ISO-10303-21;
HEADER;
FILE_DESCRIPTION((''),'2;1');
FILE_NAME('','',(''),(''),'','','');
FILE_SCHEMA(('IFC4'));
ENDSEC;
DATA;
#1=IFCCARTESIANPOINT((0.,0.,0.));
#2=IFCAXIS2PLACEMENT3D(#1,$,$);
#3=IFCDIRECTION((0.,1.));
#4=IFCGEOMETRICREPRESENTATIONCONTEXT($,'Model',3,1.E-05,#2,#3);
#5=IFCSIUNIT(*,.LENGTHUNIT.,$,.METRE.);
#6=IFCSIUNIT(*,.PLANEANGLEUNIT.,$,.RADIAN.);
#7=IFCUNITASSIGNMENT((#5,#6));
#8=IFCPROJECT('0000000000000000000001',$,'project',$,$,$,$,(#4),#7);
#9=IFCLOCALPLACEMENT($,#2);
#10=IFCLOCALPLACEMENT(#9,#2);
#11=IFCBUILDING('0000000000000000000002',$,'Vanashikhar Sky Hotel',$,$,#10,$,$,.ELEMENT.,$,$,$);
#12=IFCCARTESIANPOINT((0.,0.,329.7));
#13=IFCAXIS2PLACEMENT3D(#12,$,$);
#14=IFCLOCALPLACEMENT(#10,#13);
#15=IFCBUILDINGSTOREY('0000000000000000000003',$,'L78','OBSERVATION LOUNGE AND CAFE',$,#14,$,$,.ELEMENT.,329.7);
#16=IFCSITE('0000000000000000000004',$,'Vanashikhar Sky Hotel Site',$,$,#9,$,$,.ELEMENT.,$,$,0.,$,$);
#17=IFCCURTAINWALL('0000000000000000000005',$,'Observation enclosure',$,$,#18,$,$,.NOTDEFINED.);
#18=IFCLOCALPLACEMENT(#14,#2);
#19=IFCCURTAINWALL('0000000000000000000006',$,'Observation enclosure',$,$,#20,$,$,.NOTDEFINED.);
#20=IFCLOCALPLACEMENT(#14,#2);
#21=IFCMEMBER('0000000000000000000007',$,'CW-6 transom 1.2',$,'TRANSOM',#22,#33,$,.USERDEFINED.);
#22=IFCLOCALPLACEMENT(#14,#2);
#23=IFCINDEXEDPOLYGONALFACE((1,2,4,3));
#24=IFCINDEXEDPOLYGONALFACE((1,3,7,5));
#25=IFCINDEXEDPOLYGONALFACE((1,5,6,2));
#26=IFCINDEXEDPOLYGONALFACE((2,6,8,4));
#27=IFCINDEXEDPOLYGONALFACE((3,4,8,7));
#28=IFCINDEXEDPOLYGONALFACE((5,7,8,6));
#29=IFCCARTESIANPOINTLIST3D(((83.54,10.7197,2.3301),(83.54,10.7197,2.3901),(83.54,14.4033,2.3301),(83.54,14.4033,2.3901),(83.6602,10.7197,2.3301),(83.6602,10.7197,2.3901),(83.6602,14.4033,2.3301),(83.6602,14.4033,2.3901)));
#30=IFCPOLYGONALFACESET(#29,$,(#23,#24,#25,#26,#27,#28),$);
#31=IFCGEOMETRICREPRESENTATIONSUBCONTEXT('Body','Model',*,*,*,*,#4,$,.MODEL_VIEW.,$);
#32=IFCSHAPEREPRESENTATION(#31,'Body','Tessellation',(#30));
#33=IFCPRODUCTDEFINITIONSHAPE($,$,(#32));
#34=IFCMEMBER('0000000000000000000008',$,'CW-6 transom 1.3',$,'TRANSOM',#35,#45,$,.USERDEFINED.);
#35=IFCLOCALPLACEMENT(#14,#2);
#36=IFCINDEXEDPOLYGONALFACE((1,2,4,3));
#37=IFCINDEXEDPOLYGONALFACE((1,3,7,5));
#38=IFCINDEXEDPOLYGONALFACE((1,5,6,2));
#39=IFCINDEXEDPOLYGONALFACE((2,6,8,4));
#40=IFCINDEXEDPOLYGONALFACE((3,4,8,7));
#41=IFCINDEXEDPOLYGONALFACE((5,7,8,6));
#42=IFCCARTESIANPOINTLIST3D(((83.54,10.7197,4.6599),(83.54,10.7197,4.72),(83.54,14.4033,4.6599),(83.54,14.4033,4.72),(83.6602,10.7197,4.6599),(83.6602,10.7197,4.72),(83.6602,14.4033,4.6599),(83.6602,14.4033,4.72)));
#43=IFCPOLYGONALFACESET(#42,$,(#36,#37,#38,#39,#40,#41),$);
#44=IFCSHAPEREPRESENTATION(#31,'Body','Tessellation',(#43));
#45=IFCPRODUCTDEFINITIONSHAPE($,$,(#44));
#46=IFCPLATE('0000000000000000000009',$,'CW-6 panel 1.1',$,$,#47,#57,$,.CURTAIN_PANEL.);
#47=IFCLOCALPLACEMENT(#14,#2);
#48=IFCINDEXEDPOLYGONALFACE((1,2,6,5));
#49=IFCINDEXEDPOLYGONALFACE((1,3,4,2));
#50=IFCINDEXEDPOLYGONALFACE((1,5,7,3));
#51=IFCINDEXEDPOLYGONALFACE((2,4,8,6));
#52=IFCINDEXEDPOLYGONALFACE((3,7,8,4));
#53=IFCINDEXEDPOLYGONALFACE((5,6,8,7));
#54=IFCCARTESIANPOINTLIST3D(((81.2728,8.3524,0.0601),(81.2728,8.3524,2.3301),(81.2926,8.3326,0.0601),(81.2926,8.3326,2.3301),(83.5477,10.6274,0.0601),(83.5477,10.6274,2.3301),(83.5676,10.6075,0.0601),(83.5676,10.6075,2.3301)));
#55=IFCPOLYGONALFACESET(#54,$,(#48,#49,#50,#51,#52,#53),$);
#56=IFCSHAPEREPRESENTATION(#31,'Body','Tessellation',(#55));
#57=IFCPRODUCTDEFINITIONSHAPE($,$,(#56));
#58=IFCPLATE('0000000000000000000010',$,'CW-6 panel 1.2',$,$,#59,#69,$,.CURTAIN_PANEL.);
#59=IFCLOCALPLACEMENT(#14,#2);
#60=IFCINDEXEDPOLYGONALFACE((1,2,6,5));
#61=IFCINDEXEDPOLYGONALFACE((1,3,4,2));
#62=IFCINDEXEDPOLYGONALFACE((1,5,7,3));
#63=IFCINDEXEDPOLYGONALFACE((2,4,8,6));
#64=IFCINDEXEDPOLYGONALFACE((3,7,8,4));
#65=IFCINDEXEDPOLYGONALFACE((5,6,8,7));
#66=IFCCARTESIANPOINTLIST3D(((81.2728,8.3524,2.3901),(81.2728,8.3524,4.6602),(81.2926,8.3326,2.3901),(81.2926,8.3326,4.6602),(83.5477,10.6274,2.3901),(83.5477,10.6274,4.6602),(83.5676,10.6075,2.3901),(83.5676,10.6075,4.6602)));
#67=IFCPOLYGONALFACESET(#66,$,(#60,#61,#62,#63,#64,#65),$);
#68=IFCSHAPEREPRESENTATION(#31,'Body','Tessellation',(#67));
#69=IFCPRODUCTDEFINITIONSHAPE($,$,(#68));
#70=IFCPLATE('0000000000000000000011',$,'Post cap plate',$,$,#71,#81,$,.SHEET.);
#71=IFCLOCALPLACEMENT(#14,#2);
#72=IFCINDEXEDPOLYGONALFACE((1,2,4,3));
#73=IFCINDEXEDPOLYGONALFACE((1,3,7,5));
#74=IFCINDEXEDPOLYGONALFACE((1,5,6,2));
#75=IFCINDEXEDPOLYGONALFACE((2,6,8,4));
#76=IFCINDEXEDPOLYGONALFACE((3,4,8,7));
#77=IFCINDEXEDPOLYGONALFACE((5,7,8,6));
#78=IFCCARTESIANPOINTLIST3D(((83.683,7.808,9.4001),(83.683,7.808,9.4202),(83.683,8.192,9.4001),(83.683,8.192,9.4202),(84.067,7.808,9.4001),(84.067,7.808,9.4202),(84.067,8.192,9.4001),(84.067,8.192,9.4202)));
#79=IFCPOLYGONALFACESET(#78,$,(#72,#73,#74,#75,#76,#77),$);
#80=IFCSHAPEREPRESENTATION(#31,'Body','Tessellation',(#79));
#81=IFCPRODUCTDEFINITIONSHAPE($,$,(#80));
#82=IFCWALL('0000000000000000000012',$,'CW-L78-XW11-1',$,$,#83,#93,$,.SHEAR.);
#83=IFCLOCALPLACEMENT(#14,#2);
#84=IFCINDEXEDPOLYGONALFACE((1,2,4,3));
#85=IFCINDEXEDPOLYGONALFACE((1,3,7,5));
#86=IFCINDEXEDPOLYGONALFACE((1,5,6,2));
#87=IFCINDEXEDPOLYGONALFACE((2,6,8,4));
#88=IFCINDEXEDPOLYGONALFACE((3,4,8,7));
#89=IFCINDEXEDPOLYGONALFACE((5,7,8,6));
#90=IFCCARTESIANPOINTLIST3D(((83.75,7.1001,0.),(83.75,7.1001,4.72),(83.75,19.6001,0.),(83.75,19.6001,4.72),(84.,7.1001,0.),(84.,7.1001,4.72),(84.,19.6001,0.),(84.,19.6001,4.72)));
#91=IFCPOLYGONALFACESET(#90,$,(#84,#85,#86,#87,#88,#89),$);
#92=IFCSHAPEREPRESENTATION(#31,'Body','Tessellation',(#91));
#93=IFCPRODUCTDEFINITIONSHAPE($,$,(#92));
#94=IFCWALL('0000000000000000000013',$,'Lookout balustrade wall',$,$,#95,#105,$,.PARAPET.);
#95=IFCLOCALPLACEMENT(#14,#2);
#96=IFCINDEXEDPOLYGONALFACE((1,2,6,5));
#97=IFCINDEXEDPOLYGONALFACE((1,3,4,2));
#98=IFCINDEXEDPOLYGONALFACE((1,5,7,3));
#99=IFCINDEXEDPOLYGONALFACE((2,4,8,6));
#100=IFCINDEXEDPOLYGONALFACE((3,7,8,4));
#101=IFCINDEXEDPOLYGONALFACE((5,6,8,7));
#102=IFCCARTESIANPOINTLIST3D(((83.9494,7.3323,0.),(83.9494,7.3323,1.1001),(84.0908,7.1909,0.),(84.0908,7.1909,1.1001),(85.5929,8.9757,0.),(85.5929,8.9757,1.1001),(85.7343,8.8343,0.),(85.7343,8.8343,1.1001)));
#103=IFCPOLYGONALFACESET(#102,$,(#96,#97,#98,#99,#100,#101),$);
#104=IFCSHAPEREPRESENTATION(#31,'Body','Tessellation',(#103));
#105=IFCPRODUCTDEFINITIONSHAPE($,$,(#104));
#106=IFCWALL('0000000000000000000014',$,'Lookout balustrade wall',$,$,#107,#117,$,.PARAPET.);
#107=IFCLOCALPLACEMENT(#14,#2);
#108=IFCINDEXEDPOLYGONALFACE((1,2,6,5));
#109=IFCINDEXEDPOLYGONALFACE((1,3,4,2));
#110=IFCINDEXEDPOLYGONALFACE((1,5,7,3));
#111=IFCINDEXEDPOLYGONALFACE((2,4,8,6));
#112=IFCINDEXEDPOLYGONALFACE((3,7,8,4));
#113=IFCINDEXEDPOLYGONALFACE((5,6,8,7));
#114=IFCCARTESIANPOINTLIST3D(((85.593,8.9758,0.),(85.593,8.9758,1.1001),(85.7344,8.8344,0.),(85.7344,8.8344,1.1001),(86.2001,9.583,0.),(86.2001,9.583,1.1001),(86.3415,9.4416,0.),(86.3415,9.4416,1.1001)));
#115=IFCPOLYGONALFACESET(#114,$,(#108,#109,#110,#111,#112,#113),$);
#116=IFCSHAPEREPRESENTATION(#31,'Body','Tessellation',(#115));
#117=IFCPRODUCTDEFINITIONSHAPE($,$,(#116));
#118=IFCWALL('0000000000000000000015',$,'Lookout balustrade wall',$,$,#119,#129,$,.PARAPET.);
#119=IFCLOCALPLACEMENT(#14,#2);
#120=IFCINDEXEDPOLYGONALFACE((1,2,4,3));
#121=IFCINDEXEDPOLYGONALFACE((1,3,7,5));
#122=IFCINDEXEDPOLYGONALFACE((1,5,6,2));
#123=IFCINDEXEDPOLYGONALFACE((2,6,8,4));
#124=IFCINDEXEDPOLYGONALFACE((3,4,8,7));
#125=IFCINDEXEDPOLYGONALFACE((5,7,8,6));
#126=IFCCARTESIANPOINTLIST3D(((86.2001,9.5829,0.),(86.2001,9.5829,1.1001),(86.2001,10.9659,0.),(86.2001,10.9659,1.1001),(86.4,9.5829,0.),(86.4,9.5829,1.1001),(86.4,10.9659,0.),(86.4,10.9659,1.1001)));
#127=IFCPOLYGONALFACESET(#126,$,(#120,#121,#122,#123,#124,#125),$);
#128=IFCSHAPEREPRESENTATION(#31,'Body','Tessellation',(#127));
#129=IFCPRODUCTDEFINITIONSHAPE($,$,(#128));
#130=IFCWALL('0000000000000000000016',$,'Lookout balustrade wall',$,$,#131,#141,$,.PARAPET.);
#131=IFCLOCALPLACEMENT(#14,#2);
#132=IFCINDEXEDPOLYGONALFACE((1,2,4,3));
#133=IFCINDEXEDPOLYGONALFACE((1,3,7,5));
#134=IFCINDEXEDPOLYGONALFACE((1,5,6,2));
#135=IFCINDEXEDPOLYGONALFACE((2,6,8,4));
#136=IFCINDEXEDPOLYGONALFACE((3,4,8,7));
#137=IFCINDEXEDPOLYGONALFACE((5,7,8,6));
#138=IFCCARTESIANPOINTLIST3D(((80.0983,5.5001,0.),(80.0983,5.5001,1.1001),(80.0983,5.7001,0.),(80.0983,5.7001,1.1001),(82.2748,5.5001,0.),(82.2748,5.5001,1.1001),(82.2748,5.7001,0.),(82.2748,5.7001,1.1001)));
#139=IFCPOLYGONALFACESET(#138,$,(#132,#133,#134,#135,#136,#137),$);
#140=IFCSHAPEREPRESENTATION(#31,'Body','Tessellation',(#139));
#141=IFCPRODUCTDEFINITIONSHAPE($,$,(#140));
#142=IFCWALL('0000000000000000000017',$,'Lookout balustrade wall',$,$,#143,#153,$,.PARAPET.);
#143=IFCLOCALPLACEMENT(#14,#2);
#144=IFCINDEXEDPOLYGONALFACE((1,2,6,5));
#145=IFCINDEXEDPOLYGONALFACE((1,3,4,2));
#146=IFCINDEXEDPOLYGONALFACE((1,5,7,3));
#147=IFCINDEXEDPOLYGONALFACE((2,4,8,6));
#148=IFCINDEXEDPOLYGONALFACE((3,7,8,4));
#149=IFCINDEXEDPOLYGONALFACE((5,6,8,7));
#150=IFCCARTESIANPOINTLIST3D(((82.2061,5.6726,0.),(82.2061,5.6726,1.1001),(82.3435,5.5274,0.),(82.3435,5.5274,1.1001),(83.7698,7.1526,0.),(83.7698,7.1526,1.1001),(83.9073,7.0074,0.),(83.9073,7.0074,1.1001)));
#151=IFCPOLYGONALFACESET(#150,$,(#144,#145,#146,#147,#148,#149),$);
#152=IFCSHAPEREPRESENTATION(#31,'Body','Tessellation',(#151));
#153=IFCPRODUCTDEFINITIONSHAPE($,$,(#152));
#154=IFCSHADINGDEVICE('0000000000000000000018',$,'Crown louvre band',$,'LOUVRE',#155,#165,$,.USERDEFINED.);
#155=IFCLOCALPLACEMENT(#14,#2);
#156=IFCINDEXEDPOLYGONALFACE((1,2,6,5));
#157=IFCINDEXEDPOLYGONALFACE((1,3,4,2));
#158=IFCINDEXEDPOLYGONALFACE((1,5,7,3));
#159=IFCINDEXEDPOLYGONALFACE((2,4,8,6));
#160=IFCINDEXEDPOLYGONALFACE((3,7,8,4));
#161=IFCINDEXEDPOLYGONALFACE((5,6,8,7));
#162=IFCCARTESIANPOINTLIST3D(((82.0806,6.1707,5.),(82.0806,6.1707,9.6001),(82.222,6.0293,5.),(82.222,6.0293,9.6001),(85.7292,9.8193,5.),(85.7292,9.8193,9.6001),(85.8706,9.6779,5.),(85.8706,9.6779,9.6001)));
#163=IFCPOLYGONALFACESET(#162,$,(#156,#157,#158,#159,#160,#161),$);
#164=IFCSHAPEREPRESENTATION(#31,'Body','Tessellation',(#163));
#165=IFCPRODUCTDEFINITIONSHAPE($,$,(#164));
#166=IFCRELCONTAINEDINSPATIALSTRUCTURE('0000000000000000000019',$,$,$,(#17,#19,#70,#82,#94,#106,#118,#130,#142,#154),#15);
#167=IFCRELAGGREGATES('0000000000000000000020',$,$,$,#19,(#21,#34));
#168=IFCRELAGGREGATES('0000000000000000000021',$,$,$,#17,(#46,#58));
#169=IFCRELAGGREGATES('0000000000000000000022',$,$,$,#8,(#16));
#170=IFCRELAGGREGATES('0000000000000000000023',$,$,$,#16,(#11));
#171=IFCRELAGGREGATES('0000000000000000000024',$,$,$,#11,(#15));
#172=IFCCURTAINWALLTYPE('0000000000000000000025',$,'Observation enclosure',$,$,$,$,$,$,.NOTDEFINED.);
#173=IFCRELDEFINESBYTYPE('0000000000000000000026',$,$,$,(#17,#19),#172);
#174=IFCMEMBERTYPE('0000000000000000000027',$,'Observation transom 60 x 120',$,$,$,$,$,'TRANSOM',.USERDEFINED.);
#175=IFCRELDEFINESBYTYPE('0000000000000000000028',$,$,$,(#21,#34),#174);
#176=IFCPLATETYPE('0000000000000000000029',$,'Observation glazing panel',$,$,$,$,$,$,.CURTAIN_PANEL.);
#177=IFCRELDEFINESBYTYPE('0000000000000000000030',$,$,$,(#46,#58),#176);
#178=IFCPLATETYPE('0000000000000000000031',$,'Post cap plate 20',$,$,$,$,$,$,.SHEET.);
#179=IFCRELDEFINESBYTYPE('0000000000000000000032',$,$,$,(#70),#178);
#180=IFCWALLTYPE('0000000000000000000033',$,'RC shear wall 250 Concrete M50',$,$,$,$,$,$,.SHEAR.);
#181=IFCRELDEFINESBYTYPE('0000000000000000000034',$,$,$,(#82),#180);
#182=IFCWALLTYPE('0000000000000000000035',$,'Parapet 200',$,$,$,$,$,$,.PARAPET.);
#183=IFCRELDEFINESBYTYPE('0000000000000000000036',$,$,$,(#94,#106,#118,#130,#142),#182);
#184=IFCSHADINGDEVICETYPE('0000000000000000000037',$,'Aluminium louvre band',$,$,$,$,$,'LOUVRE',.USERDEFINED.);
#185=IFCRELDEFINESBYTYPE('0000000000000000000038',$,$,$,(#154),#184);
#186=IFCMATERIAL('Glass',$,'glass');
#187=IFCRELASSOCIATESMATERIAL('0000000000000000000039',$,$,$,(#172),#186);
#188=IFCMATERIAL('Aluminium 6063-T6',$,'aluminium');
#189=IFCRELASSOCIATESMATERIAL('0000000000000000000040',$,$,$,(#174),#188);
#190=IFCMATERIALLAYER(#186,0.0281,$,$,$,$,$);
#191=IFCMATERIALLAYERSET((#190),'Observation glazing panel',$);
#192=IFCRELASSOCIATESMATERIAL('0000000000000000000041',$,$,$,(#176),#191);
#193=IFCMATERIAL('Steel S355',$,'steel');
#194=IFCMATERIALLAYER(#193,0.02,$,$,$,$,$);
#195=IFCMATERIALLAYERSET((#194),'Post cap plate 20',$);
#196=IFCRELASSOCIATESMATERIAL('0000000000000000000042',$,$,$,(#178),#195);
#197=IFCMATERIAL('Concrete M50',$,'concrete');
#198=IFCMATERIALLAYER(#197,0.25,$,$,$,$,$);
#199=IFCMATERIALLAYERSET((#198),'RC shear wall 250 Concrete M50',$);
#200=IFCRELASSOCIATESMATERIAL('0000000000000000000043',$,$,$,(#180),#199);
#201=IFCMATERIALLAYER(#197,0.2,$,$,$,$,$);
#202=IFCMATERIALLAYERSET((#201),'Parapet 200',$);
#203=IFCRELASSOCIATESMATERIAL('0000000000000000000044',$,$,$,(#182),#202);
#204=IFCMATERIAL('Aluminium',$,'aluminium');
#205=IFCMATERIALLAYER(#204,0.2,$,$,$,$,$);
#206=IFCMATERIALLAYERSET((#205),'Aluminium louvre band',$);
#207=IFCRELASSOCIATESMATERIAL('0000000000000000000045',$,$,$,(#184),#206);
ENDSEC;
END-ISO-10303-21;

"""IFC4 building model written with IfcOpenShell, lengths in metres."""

from ifc_helpers import new_model, si_unit, direction, frame, frame_2d, origin, origin_2d, place, context, subcontext, project, spatial, rectangle, extrude, source, transform, mapped, material, layer, layer_set, material_profile, profile_set, type_object, element, aggregate, save


model = new_model("IFC4")

# Units and contexts
model_context = context("Model", 3, precision=1e-05, world=origin(), true_north=direction((0.0, 1.0)))
body_context = subcontext(model_context, "Body", "Model", "MODEL_VIEW")
ifc_project = project(units=[si_unit("LENGTHUNIT", "METRE"), si_unit("PLANEANGLEUNIT", "RADIAN")], contexts=[model_context])

# Site, building, storey
site_placement = place(None, origin())
site = spatial("IfcSite", under=ifc_project, at=site_placement, Name="Vanashikhar Sky Hotel Site", CompositionType="ELEMENT", RefElevation=0.0)
building_placement = place(site_placement, origin())
building = spatial("IfcBuilding", under=site, at=building_placement, Name="Vanashikhar Sky Hotel", CompositionType="ELEMENT")
storey_placement = place(building_placement, frame((0.0, 0.0, 329.7)))
storey = spatial("IfcBuildingStorey", under=building, at=storey_placement, Name="L78", Description="OBSERVATION LOUNGE AND CAFE", CompositionType="ELEMENT", Elevation=329.7)

# Shared definitions
ifc_material_1 = material(Name="Steel S355", Category="steel")

# Curtain walls
ifc_material_2 = material(Name="Glass", Category="glass")
curtain_wall_type = type_object("IfcCurtainWallType", Name="Observation enclosure", PredefinedType="NOTDEFINED", material=ifc_material_2)
curtain_wall_1_placement = place(storey_placement, origin())
curtain_wall_1 = element("IfcCurtainWall", 1, at=curtain_wall_1_placement, inside=storey, type_object=curtain_wall_type, Name="Observation enclosure", PredefinedType="NOTDEFINED")
ifc_material_3 = material(Name="Aluminium 6063-T6", Category="aluminium")
curtain_wall_2_placement = place(storey_placement, origin())
curtain_wall_2 = element("IfcCurtainWall", 2, at=curtain_wall_2_placement, inside=storey, type_object=curtain_wall_type, Name="Observation enclosure", PredefinedType="NOTDEFINED")

# Members
ifc_material_profile_1 = material_profile(ifc_material_3, rectangle(XDim=0.1201, YDim=0.0601, at=origin_2d()))
ifc_profile_set_1 = profile_set([ifc_material_profile_1], Name="Aluminium 6063-T6")
member_type_1 = type_object("IfcMemberType", Name="Observation transom 60 x 120", ElementType="TRANSOM", PredefinedType="USERDEFINED", material=ifc_profile_set_1)
shared_shape_1 = source(origin(), body_context, "Body", "SweptSolid", [
    extrude(rectangle(XDim=0.1201, YDim=0.0601, at=origin_2d()), origin(), (0.0, 0.0, 1.0), 3.6836),
])
member_1_placement = place(storey_placement, frame((83.6001, 10.7197, 2.3601), z_axis=(0.0, 1.0, 0.0), x_axis=(-1.0, 0.0, 0.0)))
member_1 = element("IfcMember", 3, at=member_1_placement, type_object=member_type_1, Name="CW-6 transom 1.2", ObjectType="TRANSOM", PredefinedType="USERDEFINED", context=body_context, shape_type="MappedRepresentation", body=[
    mapped(shared_shape_1, transform((0.0, 0.0, 0.0), scale=1.0)),
])
member_2_placement = place(storey_placement, frame((83.6001, 10.7197, 4.6899), z_axis=(0.0, 1.0, 0.0), x_axis=(-1.0, 0.0, 0.0)))
member_2 = element("IfcMember", 4, at=member_2_placement, type_object=member_type_1, Name="CW-6 transom 1.3", ObjectType="TRANSOM", PredefinedType="USERDEFINED", context=body_context, shape_type="MappedRepresentation", body=[
    mapped(shared_shape_1, transform((0.0, 0.0, 0.0), scale=1.0)),
])
aggregate(curtain_wall_2, [member_1, member_2])

# Plates
ifc_layer_1 = layer(ifc_material_2, 0.0281)
ifc_layer_set_1 = layer_set([ifc_layer_1], Name="Observation glazing panel")
plate_type_1 = type_object("IfcPlateType", Name="Observation glazing panel", PredefinedType="CURTAIN_PANEL", material=ifc_layer_set_1)
shared_shape_2 = source(origin(), body_context, "Body", "SweptSolid", [
    extrude(rectangle(XDim=3.2173, YDim=0.0281, at=origin_2d()), origin(), (0.0, 0.0, 1.0), 2.27),
])
plate_1_placement = place(storey_placement, frame((82.4202, 9.48, 0.0601), z_axis=(0.0, 0.0, 1.0), x_axis=(0.707107, 0.707107, 0.0)))
plate_1 = element("IfcPlate", 5, at=plate_1_placement, type_object=plate_type_1, Name="CW-6 panel 1.1", PredefinedType="CURTAIN_PANEL", context=body_context, shape_type="MappedRepresentation", body=[
    mapped(shared_shape_2, transform((0.0, 0.0, 0.0), scale=1.0)),
])
plate_2_placement = place(storey_placement, frame((82.4202, 9.48, 2.3901), z_axis=(0.0, 0.0, 1.0), x_axis=(0.707107, 0.707107, 0.0)))
plate_2 = element("IfcPlate", 6, at=plate_2_placement, type_object=plate_type_1, Name="CW-6 panel 1.2", PredefinedType="CURTAIN_PANEL", context=body_context, shape_type="MappedRepresentation", body=[
    mapped(shared_shape_2, transform((0.0, 0.0, 0.0), scale=1.0)),
])
aggregate(curtain_wall_1, [plate_1, plate_2])
ifc_layer_2 = layer(ifc_material_1, 0.02)
ifc_layer_set_2 = layer_set([ifc_layer_2], Name="Post cap plate 20")
plate_type_2 = type_object("IfcPlateType", Name="Post cap plate 20", PredefinedType="SHEET", material=ifc_layer_set_2)
shared_shape_3 = source(origin(), body_context, "Body", "SweptSolid", [
    extrude(rectangle(XDim=0.384, YDim=0.384, at=origin_2d()), origin(), (0.0, 0.0, 1.0), 0.02),
])
plate_3_placement = place(storey_placement, frame((83.875, 8.0, 9.4001), z_axis=(0.0, 0.0, 1.0), x_axis=(1.0, 0.0, 0.0)))
element("IfcPlate", 7, at=plate_3_placement, inside=storey, type_object=plate_type_2, Name="Post cap plate", PredefinedType="SHEET", context=body_context, shape_type="MappedRepresentation", body=[
    mapped(shared_shape_3, transform((0.0, 0.0, 0.0), scale=1.0)),
])

# Walls
ifc_material_4 = material(Name="Concrete M50", Category="concrete")
ifc_layer_3 = layer(ifc_material_4, 0.25)
ifc_layer_set_3 = layer_set([ifc_layer_3], Name="RC shear wall 250 Concrete M50")
wall_type_1 = type_object("IfcWallType", Name="RC shear wall 250 Concrete M50", PredefinedType="SHEAR", material=ifc_layer_set_3)
shared_shape_4 = source(origin(), body_context, "Body", "SweptSolid", [
    extrude(rectangle(XDim=12.5, YDim=0.25, at=frame_2d((6.25, 0.0))), origin(), (0.0, 0.0, 1.0), 4.72),
])
wall_1_placement = place(storey_placement, frame((83.875, 7.1001, 0.0), z_axis=(0.0, 0.0, 1.0), x_axis=(0.0, 1.0, 0.0)))
element("IfcWall", 8, at=wall_1_placement, inside=storey, type_object=wall_type_1, Name="CW-L78-XW11-1", PredefinedType="SHEAR", context=body_context, shape_type="MappedRepresentation", body=[
    mapped(shared_shape_4, transform((0.0, 0.0, 0.0), scale=1.0)),
])
ifc_layer_4 = layer(ifc_material_4, 0.2)
ifc_layer_set_4 = layer_set([ifc_layer_4], Name="Parapet 200")
wall_type_2 = type_object("IfcWallType", Name="Parapet 200", PredefinedType="PARAPET", material=ifc_layer_set_4)
shared_shape_5 = source(origin(), body_context, "Body", "SweptSolid", [
    extrude(rectangle(XDim=2.3242, YDim=0.2, at=frame_2d((1.1621, 0.0))), origin(), (0.0, 0.0, 1.0), 1.1001),
])
wall_2_placement = place(storey_placement, frame((85.6636, 8.905, 0.0), z_axis=(0.0, 0.0, 1.0), x_axis=(-0.707107, -0.707107, 0.0)))
element("IfcWall", 9, at=wall_2_placement, inside=storey, type_object=wall_type_2, Name="Lookout balustrade wall", PredefinedType="PARAPET", context=body_context, shape_type="MappedRepresentation", body=[
    mapped(shared_shape_5, transform((0.0, 0.0, 0.0), scale=1.0)),
])
shared_shape_6 = source(origin(), body_context, "Body", "SweptSolid", [
    extrude(rectangle(XDim=0.8586, YDim=0.2, at=frame_2d((0.4292, 0.0))), origin(), (0.0, 0.0, 1.0), 1.1001),
])
wall_3_placement = place(storey_placement, frame((86.2708, 9.5122, 0.0), z_axis=(0.0, 0.0, 1.0), x_axis=(-0.707107, -0.707107, 0.0)))
element("IfcWall", 10, at=wall_3_placement, inside=storey, type_object=wall_type_2, Name="Lookout balustrade wall", PredefinedType="PARAPET", context=body_context, shape_type="MappedRepresentation", body=[
    mapped(shared_shape_6, transform((0.0, 0.0, 0.0), scale=1.0)),
])
shared_shape_7 = source(origin(), body_context, "Body", "SweptSolid", [
    extrude(rectangle(XDim=1.3831, YDim=0.2, at=frame_2d((0.6914, 0.0))), origin(), (0.0, 0.0, 1.0), 1.1001),
])
wall_4_placement = place(storey_placement, frame((86.3, 10.9658, 0.0), z_axis=(0.0, 0.0, 1.0), x_axis=(0.0, -1.0, 0.0)))
element("IfcWall", 11, at=wall_4_placement, inside=storey, type_object=wall_type_2, Name="Lookout balustrade wall", PredefinedType="PARAPET", context=body_context, shape_type="MappedRepresentation", body=[
    mapped(shared_shape_7, transform((0.0, 0.0, 0.0), scale=1.0)),
])
shared_shape_8 = source(origin(), body_context, "Body", "SweptSolid", [
    extrude(rectangle(XDim=2.1765, YDim=0.2, at=frame_2d((1.0884, 0.0))), origin(), (0.0, 0.0, 1.0), 1.1001),
])
wall_5_placement = place(storey_placement, frame((82.2749, 5.6001, 0.0), z_axis=(0.0, 0.0, 1.0), x_axis=(-1.0, 0.0, 0.0)))
element("IfcWall", 12, at=wall_5_placement, inside=storey, type_object=wall_type_2, Name="Lookout balustrade wall", PredefinedType="PARAPET", context=body_context, shape_type="MappedRepresentation", body=[
    mapped(shared_shape_8, transform((0.0, 0.0, 0.0), scale=1.0)),
])
shared_shape_9 = source(origin(), body_context, "Body", "SweptSolid", [
    extrude(rectangle(XDim=2.1531, YDim=0.2, at=frame_2d((1.0767, 0.0))), origin(), (0.0, 0.0, 1.0), 1.1001),
])
wall_6_placement = place(storey_placement, frame((83.8386, 7.0801, 0.0), z_axis=(0.0, 0.0, 1.0), x_axis=(-0.726286, -0.687392, 0.0)))
element("IfcWall", 13, at=wall_6_placement, inside=storey, type_object=wall_type_2, Name="Lookout balustrade wall", PredefinedType="PARAPET", context=body_context, shape_type="MappedRepresentation", body=[
    mapped(shared_shape_9, transform((0.0, 0.0, 0.0), scale=1.0)),
])

# Shading device
ifc_material_5 = material(Name="Aluminium", Category="aluminium")
ifc_layer_5 = layer(ifc_material_5, 0.2)
ifc_layer_set_5 = layer_set([ifc_layer_5], Name="Aluminium louvre band")
shading_device_type = type_object("IfcShadingDeviceType", Name="Aluminium louvre band", ElementType="LOUVRE", PredefinedType="USERDEFINED", material=ifc_layer_set_5)
shared_shape_10 = source(origin(), body_context, "Body", "SweptSolid", [
    extrude(rectangle(XDim=5.1599, YDim=0.2, at=origin_2d()), origin(), (0.0, 0.0, 1.0), 4.6001),
])
shading_device_placement = place(storey_placement, frame((83.9756, 7.9243, 5.0), z_axis=(0.0, 0.0, 1.0), x_axis=(-0.707107, -0.707107, 0.0)))
element("IfcShadingDevice", 14, at=shading_device_placement, inside=storey, type_object=shading_device_type, Name="Crown louvre band", ObjectType="LOUVRE", PredefinedType="USERDEFINED", context=body_context, shape_type="MappedRepresentation", body=[
    mapped(shared_shape_10, transform((0.0, 0.0, 0.0), scale=1.0)),
])

save(model, "model.ifc")
